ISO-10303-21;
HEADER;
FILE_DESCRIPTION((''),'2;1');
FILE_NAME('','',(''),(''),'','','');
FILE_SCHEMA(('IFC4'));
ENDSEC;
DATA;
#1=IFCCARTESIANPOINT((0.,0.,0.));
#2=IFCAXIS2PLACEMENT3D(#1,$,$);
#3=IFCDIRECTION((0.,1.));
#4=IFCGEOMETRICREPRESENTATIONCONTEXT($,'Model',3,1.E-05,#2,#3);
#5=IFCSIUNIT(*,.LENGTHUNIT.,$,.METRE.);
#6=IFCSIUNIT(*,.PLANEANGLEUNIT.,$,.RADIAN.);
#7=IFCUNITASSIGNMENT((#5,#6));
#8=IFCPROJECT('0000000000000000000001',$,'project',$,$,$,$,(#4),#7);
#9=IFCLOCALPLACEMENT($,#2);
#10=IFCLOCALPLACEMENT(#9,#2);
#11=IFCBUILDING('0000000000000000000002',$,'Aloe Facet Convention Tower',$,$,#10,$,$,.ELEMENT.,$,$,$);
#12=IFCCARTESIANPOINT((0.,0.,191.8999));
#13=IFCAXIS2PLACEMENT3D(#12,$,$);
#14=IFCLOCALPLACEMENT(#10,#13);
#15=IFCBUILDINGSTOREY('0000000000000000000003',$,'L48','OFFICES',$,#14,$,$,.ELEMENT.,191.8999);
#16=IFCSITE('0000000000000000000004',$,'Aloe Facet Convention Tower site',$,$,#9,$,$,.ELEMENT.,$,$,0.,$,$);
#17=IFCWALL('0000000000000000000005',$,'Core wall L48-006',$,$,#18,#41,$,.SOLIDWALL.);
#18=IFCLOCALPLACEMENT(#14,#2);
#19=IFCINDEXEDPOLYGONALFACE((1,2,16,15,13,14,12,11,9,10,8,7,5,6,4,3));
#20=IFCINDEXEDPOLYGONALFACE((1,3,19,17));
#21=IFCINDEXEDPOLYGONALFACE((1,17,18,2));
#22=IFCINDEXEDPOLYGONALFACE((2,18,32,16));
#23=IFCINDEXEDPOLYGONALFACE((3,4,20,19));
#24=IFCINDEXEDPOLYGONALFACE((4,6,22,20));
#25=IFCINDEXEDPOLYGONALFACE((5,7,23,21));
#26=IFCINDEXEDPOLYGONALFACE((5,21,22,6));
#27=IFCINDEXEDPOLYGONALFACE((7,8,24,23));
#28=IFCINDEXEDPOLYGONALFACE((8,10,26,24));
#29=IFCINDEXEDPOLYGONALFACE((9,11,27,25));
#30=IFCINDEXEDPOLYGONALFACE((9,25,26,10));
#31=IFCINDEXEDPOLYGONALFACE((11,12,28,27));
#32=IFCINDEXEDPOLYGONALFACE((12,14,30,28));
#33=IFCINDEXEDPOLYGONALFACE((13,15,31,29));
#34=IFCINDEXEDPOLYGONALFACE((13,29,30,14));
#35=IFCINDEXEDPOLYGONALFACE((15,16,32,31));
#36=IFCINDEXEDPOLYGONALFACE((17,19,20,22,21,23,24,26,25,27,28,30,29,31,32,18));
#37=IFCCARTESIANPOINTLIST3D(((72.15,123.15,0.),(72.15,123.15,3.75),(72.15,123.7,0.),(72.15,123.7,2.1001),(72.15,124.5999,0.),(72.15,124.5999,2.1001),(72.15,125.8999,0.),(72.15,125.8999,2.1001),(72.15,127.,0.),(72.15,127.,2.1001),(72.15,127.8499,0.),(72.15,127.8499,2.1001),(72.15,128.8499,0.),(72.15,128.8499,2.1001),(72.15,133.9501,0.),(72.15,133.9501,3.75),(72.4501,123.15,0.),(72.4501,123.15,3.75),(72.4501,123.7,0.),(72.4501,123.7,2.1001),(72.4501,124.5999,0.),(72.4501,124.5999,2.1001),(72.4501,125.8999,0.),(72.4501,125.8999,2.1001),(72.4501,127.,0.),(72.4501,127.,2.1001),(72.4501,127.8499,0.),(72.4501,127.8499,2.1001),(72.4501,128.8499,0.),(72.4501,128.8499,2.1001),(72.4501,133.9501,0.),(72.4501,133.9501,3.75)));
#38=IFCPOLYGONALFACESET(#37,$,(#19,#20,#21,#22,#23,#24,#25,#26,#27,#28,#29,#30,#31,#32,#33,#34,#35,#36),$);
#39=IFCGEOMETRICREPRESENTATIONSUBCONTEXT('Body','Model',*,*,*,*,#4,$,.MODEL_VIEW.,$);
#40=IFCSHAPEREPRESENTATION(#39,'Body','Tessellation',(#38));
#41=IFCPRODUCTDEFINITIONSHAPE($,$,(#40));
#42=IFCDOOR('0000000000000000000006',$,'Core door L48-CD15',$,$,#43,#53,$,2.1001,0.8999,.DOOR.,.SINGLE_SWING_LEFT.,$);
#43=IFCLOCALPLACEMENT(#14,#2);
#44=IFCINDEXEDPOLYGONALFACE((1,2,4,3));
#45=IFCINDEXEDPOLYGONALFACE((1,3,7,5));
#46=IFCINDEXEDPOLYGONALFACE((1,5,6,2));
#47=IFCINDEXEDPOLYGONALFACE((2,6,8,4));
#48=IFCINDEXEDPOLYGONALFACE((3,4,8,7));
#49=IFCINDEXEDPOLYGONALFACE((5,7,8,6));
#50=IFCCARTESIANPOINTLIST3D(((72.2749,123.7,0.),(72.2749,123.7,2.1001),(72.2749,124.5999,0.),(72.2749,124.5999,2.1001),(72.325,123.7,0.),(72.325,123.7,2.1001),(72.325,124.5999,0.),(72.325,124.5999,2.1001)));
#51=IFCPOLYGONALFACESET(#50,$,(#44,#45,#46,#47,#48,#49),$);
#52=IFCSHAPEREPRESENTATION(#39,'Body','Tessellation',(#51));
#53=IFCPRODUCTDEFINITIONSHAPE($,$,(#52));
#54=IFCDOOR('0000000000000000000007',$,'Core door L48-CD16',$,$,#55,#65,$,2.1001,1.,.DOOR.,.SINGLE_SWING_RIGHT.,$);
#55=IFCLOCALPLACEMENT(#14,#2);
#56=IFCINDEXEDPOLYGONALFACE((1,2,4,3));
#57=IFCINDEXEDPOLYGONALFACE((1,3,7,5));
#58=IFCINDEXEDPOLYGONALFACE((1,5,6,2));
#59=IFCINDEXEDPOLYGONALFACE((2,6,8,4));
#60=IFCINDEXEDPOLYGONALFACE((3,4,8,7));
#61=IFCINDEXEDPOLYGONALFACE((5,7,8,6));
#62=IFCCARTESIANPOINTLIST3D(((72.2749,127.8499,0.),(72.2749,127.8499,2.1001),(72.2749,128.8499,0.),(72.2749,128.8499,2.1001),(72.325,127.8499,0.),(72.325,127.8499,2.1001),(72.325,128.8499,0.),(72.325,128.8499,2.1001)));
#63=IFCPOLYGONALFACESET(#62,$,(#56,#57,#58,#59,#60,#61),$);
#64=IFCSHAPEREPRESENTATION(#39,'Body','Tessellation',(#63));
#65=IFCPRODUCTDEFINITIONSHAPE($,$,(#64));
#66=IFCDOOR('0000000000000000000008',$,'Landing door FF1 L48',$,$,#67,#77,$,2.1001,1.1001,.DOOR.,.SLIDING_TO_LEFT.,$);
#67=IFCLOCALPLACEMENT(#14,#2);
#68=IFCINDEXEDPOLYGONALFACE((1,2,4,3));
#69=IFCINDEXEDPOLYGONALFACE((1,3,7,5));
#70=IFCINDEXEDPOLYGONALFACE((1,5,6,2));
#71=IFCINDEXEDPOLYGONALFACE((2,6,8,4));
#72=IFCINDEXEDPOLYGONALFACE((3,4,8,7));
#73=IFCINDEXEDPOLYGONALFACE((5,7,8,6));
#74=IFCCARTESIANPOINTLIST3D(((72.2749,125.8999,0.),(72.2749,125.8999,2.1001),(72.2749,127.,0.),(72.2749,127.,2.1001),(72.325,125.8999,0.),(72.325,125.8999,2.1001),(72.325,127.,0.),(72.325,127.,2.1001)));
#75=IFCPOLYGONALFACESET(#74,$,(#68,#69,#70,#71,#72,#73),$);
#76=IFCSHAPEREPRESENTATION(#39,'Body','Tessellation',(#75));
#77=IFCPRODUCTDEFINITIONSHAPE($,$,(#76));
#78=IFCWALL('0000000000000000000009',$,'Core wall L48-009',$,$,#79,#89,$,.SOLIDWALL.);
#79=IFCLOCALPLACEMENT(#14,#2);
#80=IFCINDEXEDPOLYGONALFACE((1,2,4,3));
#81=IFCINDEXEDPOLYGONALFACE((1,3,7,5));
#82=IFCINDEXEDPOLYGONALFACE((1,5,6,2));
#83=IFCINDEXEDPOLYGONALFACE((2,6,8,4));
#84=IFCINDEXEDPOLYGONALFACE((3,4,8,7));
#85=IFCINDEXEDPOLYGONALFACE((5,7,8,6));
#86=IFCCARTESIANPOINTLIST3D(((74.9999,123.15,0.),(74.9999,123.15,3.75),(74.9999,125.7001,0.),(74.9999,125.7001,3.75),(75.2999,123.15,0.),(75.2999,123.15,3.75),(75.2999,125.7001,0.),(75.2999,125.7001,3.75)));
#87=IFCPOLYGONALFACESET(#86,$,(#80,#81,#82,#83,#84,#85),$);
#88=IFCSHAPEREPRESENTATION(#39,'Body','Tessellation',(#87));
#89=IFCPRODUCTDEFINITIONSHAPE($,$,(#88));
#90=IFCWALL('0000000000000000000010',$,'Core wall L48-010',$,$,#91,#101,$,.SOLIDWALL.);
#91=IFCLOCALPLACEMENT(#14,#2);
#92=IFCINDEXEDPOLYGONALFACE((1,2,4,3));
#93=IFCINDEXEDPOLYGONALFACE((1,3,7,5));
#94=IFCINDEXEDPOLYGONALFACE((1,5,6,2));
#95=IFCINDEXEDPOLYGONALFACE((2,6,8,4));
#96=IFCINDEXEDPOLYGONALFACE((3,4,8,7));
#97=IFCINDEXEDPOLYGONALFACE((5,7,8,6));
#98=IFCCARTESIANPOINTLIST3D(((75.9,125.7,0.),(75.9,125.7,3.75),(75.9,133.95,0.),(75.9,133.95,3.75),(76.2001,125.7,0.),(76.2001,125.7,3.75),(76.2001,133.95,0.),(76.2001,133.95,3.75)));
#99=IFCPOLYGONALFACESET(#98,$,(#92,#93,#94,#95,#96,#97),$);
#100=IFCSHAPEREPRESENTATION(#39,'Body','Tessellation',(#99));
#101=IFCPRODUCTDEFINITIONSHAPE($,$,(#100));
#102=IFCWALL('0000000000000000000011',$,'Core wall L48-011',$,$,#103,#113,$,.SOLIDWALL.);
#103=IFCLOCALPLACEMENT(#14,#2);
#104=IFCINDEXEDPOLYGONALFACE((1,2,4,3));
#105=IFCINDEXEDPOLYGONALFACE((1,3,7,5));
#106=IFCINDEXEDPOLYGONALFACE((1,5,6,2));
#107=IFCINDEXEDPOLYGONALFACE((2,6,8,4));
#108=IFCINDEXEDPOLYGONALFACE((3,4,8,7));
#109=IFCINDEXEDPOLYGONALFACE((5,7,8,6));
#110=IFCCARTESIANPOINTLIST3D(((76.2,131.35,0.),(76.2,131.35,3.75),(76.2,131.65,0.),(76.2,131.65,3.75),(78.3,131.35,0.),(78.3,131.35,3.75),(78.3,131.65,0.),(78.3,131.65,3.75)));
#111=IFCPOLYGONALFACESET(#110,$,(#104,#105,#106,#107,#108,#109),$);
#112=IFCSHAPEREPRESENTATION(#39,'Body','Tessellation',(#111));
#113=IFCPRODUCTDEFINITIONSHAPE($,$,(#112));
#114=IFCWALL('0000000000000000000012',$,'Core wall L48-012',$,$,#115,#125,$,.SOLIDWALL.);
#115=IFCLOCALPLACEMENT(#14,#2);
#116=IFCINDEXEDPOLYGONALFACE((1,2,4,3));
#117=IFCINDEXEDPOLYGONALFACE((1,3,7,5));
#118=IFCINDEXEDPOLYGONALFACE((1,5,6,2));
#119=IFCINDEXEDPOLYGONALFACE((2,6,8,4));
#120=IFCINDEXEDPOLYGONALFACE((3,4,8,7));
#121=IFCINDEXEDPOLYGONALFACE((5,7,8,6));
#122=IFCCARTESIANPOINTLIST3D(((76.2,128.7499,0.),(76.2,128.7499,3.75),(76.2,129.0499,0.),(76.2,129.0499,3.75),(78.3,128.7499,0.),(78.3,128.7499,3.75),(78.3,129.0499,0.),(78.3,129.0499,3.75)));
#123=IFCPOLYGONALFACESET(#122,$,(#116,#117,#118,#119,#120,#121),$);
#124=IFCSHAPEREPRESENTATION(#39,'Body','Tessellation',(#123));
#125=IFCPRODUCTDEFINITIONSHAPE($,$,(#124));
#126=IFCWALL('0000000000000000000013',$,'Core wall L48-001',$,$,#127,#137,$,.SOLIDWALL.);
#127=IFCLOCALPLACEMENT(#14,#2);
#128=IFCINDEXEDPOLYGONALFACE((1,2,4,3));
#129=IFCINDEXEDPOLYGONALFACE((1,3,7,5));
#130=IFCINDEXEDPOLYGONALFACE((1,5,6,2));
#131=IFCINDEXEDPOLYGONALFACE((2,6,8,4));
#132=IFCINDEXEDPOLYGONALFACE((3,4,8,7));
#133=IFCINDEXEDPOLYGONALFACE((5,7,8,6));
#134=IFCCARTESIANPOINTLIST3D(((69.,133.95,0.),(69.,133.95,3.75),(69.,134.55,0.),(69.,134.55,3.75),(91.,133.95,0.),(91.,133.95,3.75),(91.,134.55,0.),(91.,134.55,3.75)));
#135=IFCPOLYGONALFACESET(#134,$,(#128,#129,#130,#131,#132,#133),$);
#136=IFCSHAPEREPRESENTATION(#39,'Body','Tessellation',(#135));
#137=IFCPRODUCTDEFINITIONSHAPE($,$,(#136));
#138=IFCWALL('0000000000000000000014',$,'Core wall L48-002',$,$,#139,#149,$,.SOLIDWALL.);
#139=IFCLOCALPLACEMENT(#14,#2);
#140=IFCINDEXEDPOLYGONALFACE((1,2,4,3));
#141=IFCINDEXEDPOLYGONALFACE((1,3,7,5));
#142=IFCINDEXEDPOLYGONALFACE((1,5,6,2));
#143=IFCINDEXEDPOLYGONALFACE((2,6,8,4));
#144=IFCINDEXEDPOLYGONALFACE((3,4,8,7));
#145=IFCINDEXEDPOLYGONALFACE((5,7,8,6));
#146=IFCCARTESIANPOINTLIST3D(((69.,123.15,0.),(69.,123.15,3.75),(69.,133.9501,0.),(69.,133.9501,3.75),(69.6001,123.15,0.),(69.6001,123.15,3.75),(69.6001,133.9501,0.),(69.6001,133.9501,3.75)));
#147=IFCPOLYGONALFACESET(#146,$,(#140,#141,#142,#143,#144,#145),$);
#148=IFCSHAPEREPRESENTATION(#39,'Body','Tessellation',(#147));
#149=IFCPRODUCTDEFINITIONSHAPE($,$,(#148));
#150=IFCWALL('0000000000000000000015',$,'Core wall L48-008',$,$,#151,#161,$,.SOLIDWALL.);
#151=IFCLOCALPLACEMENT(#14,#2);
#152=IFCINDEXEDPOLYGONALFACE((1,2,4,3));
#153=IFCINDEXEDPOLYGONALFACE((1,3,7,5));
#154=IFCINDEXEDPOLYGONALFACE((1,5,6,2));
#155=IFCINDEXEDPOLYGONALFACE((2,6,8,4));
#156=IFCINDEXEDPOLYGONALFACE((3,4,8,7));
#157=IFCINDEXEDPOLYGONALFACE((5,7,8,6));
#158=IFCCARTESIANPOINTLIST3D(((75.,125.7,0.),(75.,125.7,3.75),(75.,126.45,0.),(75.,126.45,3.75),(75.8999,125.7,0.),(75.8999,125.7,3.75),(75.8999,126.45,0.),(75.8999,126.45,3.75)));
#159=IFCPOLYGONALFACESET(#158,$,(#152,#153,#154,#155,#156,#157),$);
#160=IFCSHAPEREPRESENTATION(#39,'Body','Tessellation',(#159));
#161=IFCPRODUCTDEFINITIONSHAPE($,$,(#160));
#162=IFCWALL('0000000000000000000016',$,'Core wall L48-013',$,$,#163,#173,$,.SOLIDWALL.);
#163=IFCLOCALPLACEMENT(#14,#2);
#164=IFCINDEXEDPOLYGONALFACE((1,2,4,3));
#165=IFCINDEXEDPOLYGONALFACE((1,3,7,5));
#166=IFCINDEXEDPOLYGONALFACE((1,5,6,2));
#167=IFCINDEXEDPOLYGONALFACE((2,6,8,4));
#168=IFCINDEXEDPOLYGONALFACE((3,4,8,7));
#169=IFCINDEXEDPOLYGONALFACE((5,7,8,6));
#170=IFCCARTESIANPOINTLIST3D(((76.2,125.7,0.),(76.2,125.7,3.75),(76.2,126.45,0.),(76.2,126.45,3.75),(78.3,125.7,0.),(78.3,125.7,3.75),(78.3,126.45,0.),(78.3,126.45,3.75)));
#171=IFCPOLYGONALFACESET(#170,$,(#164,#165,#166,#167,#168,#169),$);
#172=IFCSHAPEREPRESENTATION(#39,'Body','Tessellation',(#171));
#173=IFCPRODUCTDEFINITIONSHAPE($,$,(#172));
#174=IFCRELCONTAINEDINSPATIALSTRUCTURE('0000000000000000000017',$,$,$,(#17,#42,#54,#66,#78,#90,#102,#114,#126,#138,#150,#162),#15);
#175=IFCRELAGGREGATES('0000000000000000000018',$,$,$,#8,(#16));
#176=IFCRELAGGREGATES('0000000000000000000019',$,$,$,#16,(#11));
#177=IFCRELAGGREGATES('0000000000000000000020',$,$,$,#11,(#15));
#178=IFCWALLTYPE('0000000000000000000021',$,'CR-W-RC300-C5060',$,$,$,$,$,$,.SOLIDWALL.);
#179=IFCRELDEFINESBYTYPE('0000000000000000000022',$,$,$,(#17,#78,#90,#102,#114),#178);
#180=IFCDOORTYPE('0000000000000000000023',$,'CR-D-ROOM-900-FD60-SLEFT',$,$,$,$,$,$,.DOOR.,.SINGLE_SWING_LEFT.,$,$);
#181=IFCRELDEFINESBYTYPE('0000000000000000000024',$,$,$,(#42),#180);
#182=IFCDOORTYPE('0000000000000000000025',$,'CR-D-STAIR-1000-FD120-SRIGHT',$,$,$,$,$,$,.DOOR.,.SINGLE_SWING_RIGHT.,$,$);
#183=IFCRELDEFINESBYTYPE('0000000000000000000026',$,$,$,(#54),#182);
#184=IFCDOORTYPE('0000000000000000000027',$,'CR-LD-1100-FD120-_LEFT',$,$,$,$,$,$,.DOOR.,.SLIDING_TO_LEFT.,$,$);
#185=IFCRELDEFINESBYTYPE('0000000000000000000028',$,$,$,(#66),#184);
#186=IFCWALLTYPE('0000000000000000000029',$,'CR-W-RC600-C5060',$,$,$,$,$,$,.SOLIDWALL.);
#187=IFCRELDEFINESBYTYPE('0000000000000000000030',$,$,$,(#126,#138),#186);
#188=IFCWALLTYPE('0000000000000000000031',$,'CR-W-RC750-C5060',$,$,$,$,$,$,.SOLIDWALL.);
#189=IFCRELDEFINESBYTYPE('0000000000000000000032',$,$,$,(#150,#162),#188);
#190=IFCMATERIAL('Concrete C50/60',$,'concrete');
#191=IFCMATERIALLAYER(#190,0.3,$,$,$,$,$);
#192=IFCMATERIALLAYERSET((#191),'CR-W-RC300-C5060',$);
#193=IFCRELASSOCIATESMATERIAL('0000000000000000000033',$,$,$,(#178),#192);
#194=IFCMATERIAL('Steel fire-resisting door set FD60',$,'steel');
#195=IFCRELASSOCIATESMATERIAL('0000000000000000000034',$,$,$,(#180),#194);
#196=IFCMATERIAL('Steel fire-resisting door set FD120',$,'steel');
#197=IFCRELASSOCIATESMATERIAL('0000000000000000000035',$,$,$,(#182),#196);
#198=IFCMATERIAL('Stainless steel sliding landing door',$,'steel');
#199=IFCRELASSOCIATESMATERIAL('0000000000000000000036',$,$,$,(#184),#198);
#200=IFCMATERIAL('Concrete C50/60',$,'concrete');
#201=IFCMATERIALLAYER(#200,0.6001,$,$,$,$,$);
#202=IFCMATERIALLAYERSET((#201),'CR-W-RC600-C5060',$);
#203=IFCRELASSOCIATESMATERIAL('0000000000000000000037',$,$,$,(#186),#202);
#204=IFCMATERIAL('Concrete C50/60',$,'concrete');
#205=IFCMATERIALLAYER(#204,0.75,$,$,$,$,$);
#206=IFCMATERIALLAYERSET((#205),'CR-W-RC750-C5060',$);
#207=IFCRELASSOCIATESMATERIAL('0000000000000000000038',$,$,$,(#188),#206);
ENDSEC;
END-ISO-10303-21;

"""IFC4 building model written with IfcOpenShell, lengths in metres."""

from ifc_helpers import new_model, si_unit, direction, frame, frame_2d, origin, place, context, subcontext, project, spatial, rectangle, extrude, material, layer, layer_set, type_object, element, fill, save


model = new_model("IFC4")

# Units and contexts
model_context = context("Model", 3, precision=1e-05, world=origin(), true_north=direction((0.0, 1.0)))
body_context = subcontext(model_context, "Body", "Model", "MODEL_VIEW")
ifc_project = project(units=[si_unit("LENGTHUNIT", "METRE"), si_unit("PLANEANGLEUNIT", "RADIAN")], contexts=[model_context])

# Site, building, storey
site_placement = place(None, origin())
site = spatial("IfcSite", under=ifc_project, at=site_placement, Name="Aloe Facet Convention Tower site", CompositionType="ELEMENT", RefElevation=0.0)
building_placement = place(site_placement, origin())
building = spatial("IfcBuilding", under=site, at=building_placement, Name="Aloe Facet Convention Tower", CompositionType="ELEMENT")
storey_placement = place(building_placement, frame((0.0, 0.0, 191.8999)))
storey = spatial("IfcBuildingStorey", under=building, at=storey_placement, Name="L48", Description="OFFICES", CompositionType="ELEMENT", Elevation=191.8999)

# Shared definitions
ifc_material_1 = material(Name="Concrete C50/60", Category="concrete")
ifc_layer_1 = layer(ifc_material_1, 0.3)
ifc_layer_set_1 = layer_set([ifc_layer_1], Name="CR-W-RC300-C5060")
wall_type_1 = type_object("IfcWallType", Name="CR-W-RC300-C5060", PredefinedType="SOLIDWALL", material=ifc_layer_set_1)

# Wall, openings, doors
wall_1_placement = place(storey_placement, frame((72.3, 133.95, 0.0), z_axis=(0.0, 0.0, 1.0), x_axis=(0.0, -1.0, 0.0)))
wall_1 = element("IfcWall", 1, at=wall_1_placement, inside=storey, type_object=wall_type_1, Name="Core wall L48-006", PredefinedType="SOLIDWALL", context=body_context, shape_type="SweptSolid", body=[
    extrude(rectangle(XDim=10.8, YDim=0.3, at=frame_2d((5.3999, 0.0))), origin(), (0.0, 0.0, 1.0), 3.75),
])
opening_1_placement = place(wall_1_placement, frame((6.95, 0.0, 0.0)))
opening_1 = element("IfcOpeningElement", 2, at=opening_1_placement, cuts=wall_1, PredefinedType="OPENING", context=body_context, shape_type="SweptSolid", body=[
    extrude(rectangle(XDim=1.1001, YDim=2.1001, at=frame_2d((0.55, 1.05))), frame((0.0, 0.1602, 0.0), z_axis=(0.0, -1.0, 0.0), x_axis=(1.0, 0.0, 0.0)), (0.0, 0.0, 1.0), 0.3201),
])
opening_2_placement = place(wall_1_placement, frame((9.3501, 0.0, 0.0)))
opening_2 = element("IfcOpeningElement", 3, at=opening_2_placement, cuts=wall_1, PredefinedType="OPENING", context=body_context, shape_type="SweptSolid", body=[
    extrude(rectangle(XDim=0.8999, YDim=2.1001, at=frame_2d((0.45, 1.05))), frame((0.0, 0.1602, 0.0), z_axis=(0.0, -1.0, 0.0), x_axis=(1.0, 0.0, 0.0)), (0.0, 0.0, 1.0), 0.3201),
])
opening_3_placement = place(wall_1_placement, frame((5.1001, 0.0, 0.0)))
opening_3 = element("IfcOpeningElement", 4, at=opening_3_placement, cuts=wall_1, PredefinedType="OPENING", context=body_context, shape_type="SweptSolid", body=[
    extrude(rectangle(XDim=1.0, YDim=2.1001, at=frame_2d((0.5, 1.05))), frame((0.0, 0.1602, 0.0), z_axis=(0.0, -1.0, 0.0), x_axis=(1.0, 0.0, 0.0)), (0.0, 0.0, 1.0), 0.3201),
])
ifc_material_2 = material(Name="Steel fire-resisting door set FD60", Category="steel")
door_type_1 = type_object("IfcDoorType", Name="CR-D-ROOM-900-FD60-SLEFT", OperationType="SINGLE_SWING_LEFT", PredefinedType="DOOR", material=ifc_material_2)
door_1_placement = place(opening_2_placement, origin())
door_1 = element("IfcDoor", 5, at=door_1_placement, inside=storey, type_object=door_type_1, Name="Core door L48-CD15", OperationType="SINGLE_SWING_LEFT", OverallHeight=2.1001, OverallWidth=0.8999, PredefinedType="DOOR", context=body_context, shape_type="SweptSolid", body=[
    extrude(rectangle(XDim=0.8999, YDim=2.1001, at=frame_2d((0.45, 1.05))), frame((0.0, 0.0249, 0.0), z_axis=(0.0, -1.0, 0.0), x_axis=(1.0, 0.0, 0.0)), (0.0, 0.0, 1.0), 0.05),
])
fill(opening_2, door_1)
ifc_material_3 = material(Name="Steel fire-resisting door set FD120", Category="steel")
door_type_2 = type_object("IfcDoorType", Name="CR-D-STAIR-1000-FD120-SRIGHT", OperationType="SINGLE_SWING_RIGHT", PredefinedType="DOOR", material=ifc_material_3)
door_2_placement = place(opening_3_placement, origin())
door_2 = element("IfcDoor", 6, at=door_2_placement, inside=storey, type_object=door_type_2, Name="Core door L48-CD16", OperationType="SINGLE_SWING_RIGHT", OverallHeight=2.1001, OverallWidth=1.0, PredefinedType="DOOR", context=body_context, shape_type="SweptSolid", body=[
    extrude(rectangle(XDim=1.0, YDim=2.1001, at=frame_2d((0.5, 1.05))), frame((0.0, 0.0249, 0.0), z_axis=(0.0, -1.0, 0.0), x_axis=(1.0, 0.0, 0.0)), (0.0, 0.0, 1.0), 0.05),
])
fill(opening_3, door_2)
ifc_material_4 = material(Name="Stainless steel sliding landing door", Category="steel")
door_type_3 = type_object("IfcDoorType", Name="CR-LD-1100-FD120-_LEFT", OperationType="SLIDING_TO_LEFT", PredefinedType="DOOR", material=ifc_material_4)
door_3_placement = place(opening_1_placement, origin())
door_3 = element("IfcDoor", 7, at=door_3_placement, inside=storey, type_object=door_type_3, Name="Landing door FF1 L48", OperationType="SLIDING_TO_LEFT", OverallHeight=2.1001, OverallWidth=1.1001, PredefinedType="DOOR", context=body_context, shape_type="SweptSolid", body=[
    extrude(rectangle(XDim=1.1001, YDim=2.1001, at=frame_2d((0.55, 1.05))), frame((0.0, 0.0249, 0.0), z_axis=(0.0, -1.0, 0.0), x_axis=(1.0, 0.0, 0.0)), (0.0, 0.0, 1.0), 0.05),
])
fill(opening_1, door_3)

# Walls
wall_2_placement = place(storey_placement, frame((75.1499, 125.7, 0.0), z_axis=(0.0, 0.0, 1.0), x_axis=(0.0, -1.0, 0.0)))
element("IfcWall", 8, at=wall_2_placement, inside=storey, type_object=wall_type_1, Name="Core wall L48-009", PredefinedType="SOLIDWALL", context=body_context, shape_type="SweptSolid", body=[
    extrude(rectangle(XDim=2.55, YDim=0.3, at=frame_2d((1.2749, 0.0))), origin(), (0.0, 0.0, 1.0), 3.75),
])
wall_3_placement = place(storey_placement, frame((76.05, 133.95, 0.0), z_axis=(0.0, 0.0, 1.0), x_axis=(0.0, -1.0, 0.0)))
element("IfcWall", 9, at=wall_3_placement, inside=storey, type_object=wall_type_1, Name="Core wall L48-010", PredefinedType="SOLIDWALL", context=body_context, shape_type="SweptSolid", body=[
    extrude(rectangle(XDim=8.25, YDim=0.3, at=frame_2d((4.125, 0.0))), origin(), (0.0, 0.0, 1.0), 3.75),
])
for number, where, z_axis, x_axis, name in (
    (10, (76.2, 131.5, 0.0), (0.0, 0.0, 1.0), (1.0, 0.0, 0.0), "Core wall L48-011"),
    (11, (76.2, 128.8999, 0.0), (0.0, 0.0, 1.0), (1.0, 0.0, 0.0), "Core wall L48-012"),
):
    element("IfcWall", number, at=place(storey_placement, frame(where, z_axis=z_axis, x_axis=x_axis)), inside=storey, type_object=wall_type_1, Name=name, PredefinedType="SOLIDWALL", context=body_context, shape_type="SweptSolid", body=[
        extrude(rectangle(XDim=2.1001, YDim=0.3, at=frame_2d((1.05, 0.0))), origin(), (0.0, 0.0, 1.0), 3.75),
    ])
ifc_material_5 = material(Name="Concrete C50/60", Category="concrete")
ifc_layer_2 = layer(ifc_material_5, 0.6001)
ifc_layer_set_2 = layer_set([ifc_layer_2], Name="CR-W-RC600-C5060")
wall_type_2 = type_object("IfcWallType", Name="CR-W-RC600-C5060", PredefinedType="SOLIDWALL", material=ifc_layer_set_2)
wall_4_placement = place(storey_placement, frame((69.0, 134.25, 0.0), z_axis=(0.0, 0.0, 1.0), x_axis=(1.0, 0.0, 0.0)))
element("IfcWall", 12, at=wall_4_placement, inside=storey, type_object=wall_type_2, Name="Core wall L48-001", PredefinedType="SOLIDWALL", context=body_context, shape_type="SweptSolid", body=[
    extrude(rectangle(XDim=22.0, YDim=0.6001, at=frame_2d((11.0, 0.0))), origin(), (0.0, 0.0, 1.0), 3.75),
])
wall_5_placement = place(storey_placement, frame((69.3, 133.95, 0.0), z_axis=(0.0, 0.0, 1.0), x_axis=(0.0, -1.0, 0.0)))
element("IfcWall", 13, at=wall_5_placement, inside=storey, type_object=wall_type_2, Name="Core wall L48-002", PredefinedType="SOLIDWALL", context=body_context, shape_type="SweptSolid", body=[
    extrude(rectangle(XDim=10.8, YDim=0.6001, at=frame_2d((5.3999, 0.0))), origin(), (0.0, 0.0, 1.0), 3.75),
])
ifc_material_6 = material(Name="Concrete C50/60", Category="concrete")
ifc_layer_3 = layer(ifc_material_6, 0.75)
ifc_layer_set_3 = layer_set([ifc_layer_3], Name="CR-W-RC750-C5060")
wall_type_3 = type_object("IfcWallType", Name="CR-W-RC750-C5060", PredefinedType="SOLIDWALL", material=ifc_layer_set_3)
wall_6_placement = place(storey_placement, frame((75.0, 126.075, 0.0), z_axis=(0.0, 0.0, 1.0), x_axis=(1.0, 0.0, 0.0)))
element("IfcWall", 14, at=wall_6_placement, inside=storey, type_object=wall_type_3, Name="Core wall L48-008", PredefinedType="SOLIDWALL", context=body_context, shape_type="SweptSolid", body=[
    extrude(rectangle(XDim=0.8999, YDim=0.75, at=frame_2d((0.45, 0.0))), origin(), (0.0, 0.0, 1.0), 3.75),
])
wall_7_placement = place(storey_placement, frame((76.2, 126.075, 0.0), z_axis=(0.0, 0.0, 1.0), x_axis=(1.0, 0.0, 0.0)))
element("IfcWall", 15, at=wall_7_placement, inside=storey, type_object=wall_type_3, Name="Core wall L48-013", PredefinedType="SOLIDWALL", context=body_context, shape_type="SweptSolid", body=[
    extrude(rectangle(XDim=2.1001, YDim=0.75, at=frame_2d((1.05, 0.0))), origin(), (0.0, 0.0, 1.0), 3.75),
])

save(model, "model.ifc")
